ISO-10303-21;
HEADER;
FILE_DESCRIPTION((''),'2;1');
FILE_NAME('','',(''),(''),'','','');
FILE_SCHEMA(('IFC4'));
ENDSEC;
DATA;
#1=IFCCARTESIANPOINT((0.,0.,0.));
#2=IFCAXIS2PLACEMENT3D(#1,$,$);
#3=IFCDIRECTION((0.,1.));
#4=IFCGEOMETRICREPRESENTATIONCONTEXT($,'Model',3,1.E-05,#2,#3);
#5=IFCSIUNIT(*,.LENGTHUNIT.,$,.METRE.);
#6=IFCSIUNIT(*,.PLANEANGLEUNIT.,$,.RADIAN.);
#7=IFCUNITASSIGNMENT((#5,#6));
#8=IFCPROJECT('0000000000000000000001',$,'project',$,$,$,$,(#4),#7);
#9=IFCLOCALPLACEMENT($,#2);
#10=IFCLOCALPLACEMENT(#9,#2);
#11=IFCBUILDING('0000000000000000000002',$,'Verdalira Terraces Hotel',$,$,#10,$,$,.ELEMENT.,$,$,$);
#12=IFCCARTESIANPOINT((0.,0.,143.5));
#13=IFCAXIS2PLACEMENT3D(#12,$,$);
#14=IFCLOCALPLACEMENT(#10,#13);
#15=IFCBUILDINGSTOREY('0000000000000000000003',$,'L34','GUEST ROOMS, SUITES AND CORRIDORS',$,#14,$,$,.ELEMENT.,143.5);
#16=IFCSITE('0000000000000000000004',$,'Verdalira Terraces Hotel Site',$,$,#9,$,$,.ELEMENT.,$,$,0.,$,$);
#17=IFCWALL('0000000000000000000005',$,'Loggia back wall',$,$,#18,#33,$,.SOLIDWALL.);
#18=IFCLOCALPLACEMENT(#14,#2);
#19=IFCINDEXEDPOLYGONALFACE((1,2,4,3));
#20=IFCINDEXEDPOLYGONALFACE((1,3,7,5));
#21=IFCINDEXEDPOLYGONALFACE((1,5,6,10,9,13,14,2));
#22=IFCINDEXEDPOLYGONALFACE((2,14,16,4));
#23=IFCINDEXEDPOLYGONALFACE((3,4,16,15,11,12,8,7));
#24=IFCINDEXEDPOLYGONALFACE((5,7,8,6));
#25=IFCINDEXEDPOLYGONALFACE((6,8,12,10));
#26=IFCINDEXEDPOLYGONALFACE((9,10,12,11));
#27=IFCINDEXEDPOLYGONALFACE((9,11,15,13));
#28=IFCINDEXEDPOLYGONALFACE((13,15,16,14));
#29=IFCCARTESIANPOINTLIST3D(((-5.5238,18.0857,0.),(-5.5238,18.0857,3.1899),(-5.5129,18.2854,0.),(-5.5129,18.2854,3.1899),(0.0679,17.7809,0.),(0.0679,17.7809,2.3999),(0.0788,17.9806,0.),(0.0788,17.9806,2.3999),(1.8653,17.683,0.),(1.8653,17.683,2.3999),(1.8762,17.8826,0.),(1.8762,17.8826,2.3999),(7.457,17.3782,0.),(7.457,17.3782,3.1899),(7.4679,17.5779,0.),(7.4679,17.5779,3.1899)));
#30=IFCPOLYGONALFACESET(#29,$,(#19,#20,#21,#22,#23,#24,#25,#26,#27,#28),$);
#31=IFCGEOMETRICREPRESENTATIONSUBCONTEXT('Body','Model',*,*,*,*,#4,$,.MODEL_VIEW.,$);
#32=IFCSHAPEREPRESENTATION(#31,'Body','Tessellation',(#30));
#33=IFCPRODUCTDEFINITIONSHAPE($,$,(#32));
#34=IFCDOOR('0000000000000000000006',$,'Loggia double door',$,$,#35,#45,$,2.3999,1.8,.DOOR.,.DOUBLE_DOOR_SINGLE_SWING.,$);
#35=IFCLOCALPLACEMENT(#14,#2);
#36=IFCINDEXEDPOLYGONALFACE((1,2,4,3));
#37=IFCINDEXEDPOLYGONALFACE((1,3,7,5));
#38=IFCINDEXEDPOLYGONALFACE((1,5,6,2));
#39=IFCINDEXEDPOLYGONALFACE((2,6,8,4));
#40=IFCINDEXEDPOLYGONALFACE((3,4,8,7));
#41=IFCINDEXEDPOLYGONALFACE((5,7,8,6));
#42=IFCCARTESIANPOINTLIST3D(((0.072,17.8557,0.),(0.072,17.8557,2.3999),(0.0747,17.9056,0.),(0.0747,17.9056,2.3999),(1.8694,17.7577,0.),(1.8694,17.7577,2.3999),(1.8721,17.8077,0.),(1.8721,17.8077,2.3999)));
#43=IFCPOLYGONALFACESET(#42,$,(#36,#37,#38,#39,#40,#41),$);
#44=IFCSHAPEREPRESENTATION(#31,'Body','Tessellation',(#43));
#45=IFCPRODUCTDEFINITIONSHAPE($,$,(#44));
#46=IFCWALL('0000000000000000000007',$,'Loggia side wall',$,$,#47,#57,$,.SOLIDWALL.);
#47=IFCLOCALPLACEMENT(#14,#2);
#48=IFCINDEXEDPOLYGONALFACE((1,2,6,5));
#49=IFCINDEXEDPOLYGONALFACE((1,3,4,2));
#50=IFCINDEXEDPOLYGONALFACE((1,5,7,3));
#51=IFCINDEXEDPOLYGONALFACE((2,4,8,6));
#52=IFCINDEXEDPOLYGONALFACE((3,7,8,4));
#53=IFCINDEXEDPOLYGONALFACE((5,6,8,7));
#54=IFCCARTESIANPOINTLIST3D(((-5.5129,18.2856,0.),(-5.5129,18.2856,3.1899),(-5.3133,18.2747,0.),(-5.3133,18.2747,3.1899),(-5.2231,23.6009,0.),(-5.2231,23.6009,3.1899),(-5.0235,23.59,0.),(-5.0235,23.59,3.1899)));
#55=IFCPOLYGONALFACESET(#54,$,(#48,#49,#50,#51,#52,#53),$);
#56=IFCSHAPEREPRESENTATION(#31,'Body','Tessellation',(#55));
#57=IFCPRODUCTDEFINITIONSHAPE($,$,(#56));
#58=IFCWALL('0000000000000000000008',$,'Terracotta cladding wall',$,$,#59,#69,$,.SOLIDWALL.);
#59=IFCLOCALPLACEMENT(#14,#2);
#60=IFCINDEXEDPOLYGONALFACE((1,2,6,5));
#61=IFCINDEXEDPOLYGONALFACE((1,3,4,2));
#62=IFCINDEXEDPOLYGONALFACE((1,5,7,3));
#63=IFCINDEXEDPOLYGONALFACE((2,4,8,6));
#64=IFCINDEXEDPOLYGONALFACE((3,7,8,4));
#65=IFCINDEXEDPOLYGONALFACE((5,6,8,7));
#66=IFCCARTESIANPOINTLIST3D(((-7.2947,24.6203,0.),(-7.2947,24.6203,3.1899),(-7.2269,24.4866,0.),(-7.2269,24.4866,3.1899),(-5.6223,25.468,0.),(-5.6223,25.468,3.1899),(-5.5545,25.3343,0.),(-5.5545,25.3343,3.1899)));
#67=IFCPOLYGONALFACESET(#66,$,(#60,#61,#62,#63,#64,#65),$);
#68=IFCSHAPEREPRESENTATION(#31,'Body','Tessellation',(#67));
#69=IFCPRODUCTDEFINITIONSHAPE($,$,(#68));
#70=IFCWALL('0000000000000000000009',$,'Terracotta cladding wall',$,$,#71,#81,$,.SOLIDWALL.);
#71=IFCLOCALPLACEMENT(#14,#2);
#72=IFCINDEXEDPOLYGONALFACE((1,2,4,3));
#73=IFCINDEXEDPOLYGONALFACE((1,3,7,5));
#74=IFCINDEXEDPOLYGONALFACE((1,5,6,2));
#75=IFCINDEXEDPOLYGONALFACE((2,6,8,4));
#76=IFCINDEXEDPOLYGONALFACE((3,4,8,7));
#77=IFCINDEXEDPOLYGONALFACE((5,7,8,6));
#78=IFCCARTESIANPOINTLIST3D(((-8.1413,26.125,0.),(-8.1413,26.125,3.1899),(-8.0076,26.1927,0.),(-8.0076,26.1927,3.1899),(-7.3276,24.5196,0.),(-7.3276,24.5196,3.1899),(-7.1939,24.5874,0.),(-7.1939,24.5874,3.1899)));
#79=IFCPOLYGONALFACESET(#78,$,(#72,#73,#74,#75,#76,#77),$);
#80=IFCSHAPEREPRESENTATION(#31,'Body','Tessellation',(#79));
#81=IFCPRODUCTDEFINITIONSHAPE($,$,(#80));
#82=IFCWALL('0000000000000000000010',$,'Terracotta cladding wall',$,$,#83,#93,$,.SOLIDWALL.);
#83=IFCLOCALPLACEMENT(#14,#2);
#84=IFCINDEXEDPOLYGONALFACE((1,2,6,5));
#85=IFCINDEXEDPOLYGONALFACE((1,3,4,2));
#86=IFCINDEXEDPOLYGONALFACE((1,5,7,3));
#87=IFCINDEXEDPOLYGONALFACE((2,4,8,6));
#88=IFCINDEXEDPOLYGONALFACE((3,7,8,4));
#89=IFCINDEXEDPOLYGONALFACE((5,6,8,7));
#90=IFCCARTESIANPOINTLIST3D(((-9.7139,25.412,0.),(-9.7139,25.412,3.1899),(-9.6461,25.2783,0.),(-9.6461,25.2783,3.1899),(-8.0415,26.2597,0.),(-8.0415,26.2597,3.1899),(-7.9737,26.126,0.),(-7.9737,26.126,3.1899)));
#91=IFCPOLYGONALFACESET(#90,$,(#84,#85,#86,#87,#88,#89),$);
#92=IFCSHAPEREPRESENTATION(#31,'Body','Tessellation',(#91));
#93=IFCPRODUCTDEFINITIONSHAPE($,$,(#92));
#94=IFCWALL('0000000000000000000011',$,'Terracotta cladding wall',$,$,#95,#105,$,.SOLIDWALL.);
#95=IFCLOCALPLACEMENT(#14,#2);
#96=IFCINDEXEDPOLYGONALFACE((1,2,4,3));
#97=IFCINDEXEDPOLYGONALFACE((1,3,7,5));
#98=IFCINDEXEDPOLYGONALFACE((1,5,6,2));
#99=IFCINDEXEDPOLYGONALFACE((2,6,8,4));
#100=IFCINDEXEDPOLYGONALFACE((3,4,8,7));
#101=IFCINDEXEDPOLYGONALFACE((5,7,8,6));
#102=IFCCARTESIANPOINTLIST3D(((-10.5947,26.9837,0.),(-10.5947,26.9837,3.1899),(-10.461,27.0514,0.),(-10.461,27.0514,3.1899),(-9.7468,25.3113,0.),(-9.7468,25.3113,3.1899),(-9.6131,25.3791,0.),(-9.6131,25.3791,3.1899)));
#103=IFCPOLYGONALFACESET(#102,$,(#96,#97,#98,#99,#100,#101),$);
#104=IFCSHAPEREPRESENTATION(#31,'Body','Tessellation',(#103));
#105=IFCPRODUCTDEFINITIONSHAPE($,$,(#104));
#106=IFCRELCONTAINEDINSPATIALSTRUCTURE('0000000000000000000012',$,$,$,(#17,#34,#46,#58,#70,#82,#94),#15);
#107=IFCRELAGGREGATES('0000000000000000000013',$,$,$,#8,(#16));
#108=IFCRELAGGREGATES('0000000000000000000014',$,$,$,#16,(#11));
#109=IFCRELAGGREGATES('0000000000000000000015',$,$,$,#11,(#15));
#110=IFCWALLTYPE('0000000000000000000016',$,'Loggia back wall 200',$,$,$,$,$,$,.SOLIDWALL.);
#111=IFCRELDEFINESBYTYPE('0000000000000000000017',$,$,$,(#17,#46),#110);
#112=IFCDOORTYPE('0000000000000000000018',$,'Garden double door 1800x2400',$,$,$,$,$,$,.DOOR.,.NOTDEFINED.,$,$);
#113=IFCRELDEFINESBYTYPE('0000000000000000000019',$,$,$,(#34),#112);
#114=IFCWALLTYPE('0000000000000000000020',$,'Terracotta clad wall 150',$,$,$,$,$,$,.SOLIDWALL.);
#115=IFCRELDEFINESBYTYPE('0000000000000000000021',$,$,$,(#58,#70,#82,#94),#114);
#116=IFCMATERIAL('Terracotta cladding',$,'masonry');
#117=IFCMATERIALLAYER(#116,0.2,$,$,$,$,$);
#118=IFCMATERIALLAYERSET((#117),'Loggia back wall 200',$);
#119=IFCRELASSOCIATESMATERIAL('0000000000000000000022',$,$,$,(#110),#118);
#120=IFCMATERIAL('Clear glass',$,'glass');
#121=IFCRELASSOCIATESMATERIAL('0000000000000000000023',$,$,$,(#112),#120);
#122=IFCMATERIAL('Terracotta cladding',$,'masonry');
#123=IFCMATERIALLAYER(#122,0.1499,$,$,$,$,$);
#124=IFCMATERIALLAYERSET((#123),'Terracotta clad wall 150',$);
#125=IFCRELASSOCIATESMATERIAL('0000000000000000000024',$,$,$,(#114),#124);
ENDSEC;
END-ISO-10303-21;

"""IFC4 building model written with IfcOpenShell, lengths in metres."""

from ifc_helpers import new_model, si_unit, direction, frame, frame_2d, origin, place, context, subcontext, project, spatial, rectangle, extrude, material, layer, layer_set, type_object, element, fill, save


model = new_model("IFC4")

# Units and contexts
model_context = context("Model", 3, precision=1e-05, world=origin(), true_north=direction((0.0, 1.0)))
body_context = subcontext(model_context, "Body", "Model", "MODEL_VIEW")
ifc_project = project(units=[si_unit("LENGTHUNIT", "METRE"), si_unit("PLANEANGLEUNIT", "RADIAN")], contexts=[model_context])

# Site, building, storey
site_placement = place(None, origin())
site = spatial("IfcSite", under=ifc_project, at=site_placement, Name="Verdalira Terraces Hotel Site", CompositionType="ELEMENT", RefElevation=0.0)
building_placement = place(site_placement, origin())
building = spatial("IfcBuilding", under=site, at=building_placement, Name="Verdalira Terraces Hotel", CompositionType="ELEMENT")
storey_placement = place(building_placement, frame((0.0, 0.0, 143.5)))
storey = spatial("IfcBuildingStorey", under=building, at=storey_placement, Name="L34", Description="GUEST ROOMS, SUITES AND CORRIDORS", CompositionType="ELEMENT", Elevation=143.5)

# Wall, opening, door
ifc_material_1 = material(Name="Terracotta cladding", Category="masonry")
ifc_layer_1 = layer(ifc_material_1, 0.2)
ifc_layer_set_1 = layer_set([ifc_layer_1], Name="Loggia back wall 200")
wall_type_1 = type_object("IfcWallType", Name="Loggia back wall 200", PredefinedType="SOLIDWALL", material=ifc_layer_set_1)
wall_1_placement = place(storey_placement, frame((-5.5183, 18.1855, 0.0), z_axis=(0.0, 0.0, 1.0), x_axis=(0.998518, -0.054425, 0.0)))
wall_1 = element("IfcWall", 1, at=wall_1_placement, inside=storey, type_object=wall_type_1, Name="Loggia back wall", PredefinedType="SOLIDWALL", context=body_context, shape_type="SweptSolid", body=[
    extrude(rectangle(XDim=13.0, YDim=0.2, at=frame_2d((6.5, 0.0))), origin(), (0.0, 0.0, 1.0), 3.1899),
])
opening_1_placement = place(wall_1_placement, frame((5.6001, 0.0, 0.0)))
opening_1 = element("IfcOpeningElement", 2, at=opening_1_placement, cuts=wall_1, PredefinedType="OPENING", context=body_context, shape_type="SweptSolid", body=[
    extrude(rectangle(XDim=1.8, YDim=2.3999, at=frame_2d((0.8999, 1.2))), frame((0.0, 0.1099, 0.0), z_axis=(0.0, -1.0, 0.0), x_axis=(1.0, 0.0, 0.0)), (0.0, 0.0, 1.0), 0.22),
])
ifc_material_2 = material(Name="Clear glass", Category="glass")
door_type_1 = type_object("IfcDoorType", Name="Garden double door 1800x2400", OperationType="NOTDEFINED", PredefinedType="DOOR", material=ifc_material_2)
door_1_placement = place(opening_1_placement, origin())
door_1 = element("IfcDoor", 3, at=door_1_placement, inside=storey, type_object=door_type_1, Name="Loggia double door", OperationType="DOUBLE_DOOR_SINGLE_SWING", OverallHeight=2.3999, OverallWidth=1.8, PredefinedType="DOOR", context=body_context, shape_type="SweptSolid", body=[
    extrude(rectangle(XDim=1.8, YDim=2.3999, at=frame_2d((0.8999, 1.2))), frame((0.0, 0.0249, 0.0), z_axis=(0.0, -1.0, 0.0), x_axis=(1.0, 0.0, 0.0)), (0.0, 0.0, 1.0), 0.05),
])
fill(opening_1, door_1)

# Walls
wall_2_placement = place(storey_placement, frame((-5.1233, 23.5955, 0.0), z_axis=(0.0, 0.0, 1.0), x_axis=(-0.054439, -0.998517, 0.0)))
element("IfcWall", 4, at=wall_2_placement, inside=storey, type_object=wall_type_1, Name="Loggia side wall", PredefinedType="SOLIDWALL", context=body_context, shape_type="SweptSolid", body=[
    extrude(rectangle(XDim=5.3232, YDim=0.2, at=frame_2d((2.6616, 0.0))), origin(), (0.0, 0.0, 1.0), 3.1899),
])
ifc_material_3 = material(Name="Terracotta cladding", Category="masonry")
ifc_layer_2 = layer(ifc_material_3, 0.1499)
ifc_layer_set_2 = layer_set([ifc_layer_2], Name="Terracotta clad wall 150")
wall_type_2 = type_object("IfcWallType", Name="Terracotta clad wall 150", PredefinedType="SOLIDWALL", material=ifc_layer_set_2)
wall_3_placement = place(storey_placement, frame((-5.5884, 25.4011, 0.0), z_axis=(0.0, 0.0, 1.0), x_axis=(-0.891966, -0.452103, 0.0)))
element("IfcWall", 5, at=wall_3_placement, inside=storey, type_object=wall_type_2, Name="Terracotta cladding wall", PredefinedType="SOLIDWALL", context=body_context, shape_type="SweptSolid", body=[
    extrude(rectangle(XDim=1.875, YDim=0.1499, at=frame_2d((0.9375, 0.0))), origin(), (0.0, 0.0, 1.0), 3.1899),
])
wall_4_placement = place(storey_placement, frame((-7.2607, 24.5535, 0.0), z_axis=(0.0, 0.0, 1.0), x_axis=(-0.45209, 0.891972, 0.0)))
element("IfcWall", 6, at=wall_4_placement, inside=storey, type_object=wall_type_2, Name="Terracotta cladding wall", PredefinedType="SOLIDWALL", context=body_context, shape_type="SweptSolid", body=[
    extrude(rectangle(XDim=1.7998, YDim=0.1499, at=frame_2d((0.8999, 0.0))), origin(), (0.0, 0.0, 1.0), 3.1899),
])
for number, where, z_axis, x_axis, name in (
    (7, (-8.0076, 26.1929, 0.0), (0.0, 0.0, 1.0), (-0.891966, -0.452103, 0.0), "Terracotta cladding wall"),
    (8, (-9.6799, 25.3452, 0.0), (0.0, 0.0, 1.0), (-0.452207, 0.891913, 0.0), "Terracotta cladding wall"),
):
    element("IfcWall", number, at=place(storey_placement, frame(where, z_axis=z_axis, x_axis=x_axis)), inside=storey, type_object=wall_type_2, Name=name, PredefinedType="SOLIDWALL", context=body_context, shape_type="SweptSolid", body=[
        extrude(rectangle(XDim=1.875, YDim=0.1499, at=frame_2d((0.9375, 0.0))), origin(), (0.0, 0.0, 1.0), 3.1899),
    ])

save(model, "model.ifc")
